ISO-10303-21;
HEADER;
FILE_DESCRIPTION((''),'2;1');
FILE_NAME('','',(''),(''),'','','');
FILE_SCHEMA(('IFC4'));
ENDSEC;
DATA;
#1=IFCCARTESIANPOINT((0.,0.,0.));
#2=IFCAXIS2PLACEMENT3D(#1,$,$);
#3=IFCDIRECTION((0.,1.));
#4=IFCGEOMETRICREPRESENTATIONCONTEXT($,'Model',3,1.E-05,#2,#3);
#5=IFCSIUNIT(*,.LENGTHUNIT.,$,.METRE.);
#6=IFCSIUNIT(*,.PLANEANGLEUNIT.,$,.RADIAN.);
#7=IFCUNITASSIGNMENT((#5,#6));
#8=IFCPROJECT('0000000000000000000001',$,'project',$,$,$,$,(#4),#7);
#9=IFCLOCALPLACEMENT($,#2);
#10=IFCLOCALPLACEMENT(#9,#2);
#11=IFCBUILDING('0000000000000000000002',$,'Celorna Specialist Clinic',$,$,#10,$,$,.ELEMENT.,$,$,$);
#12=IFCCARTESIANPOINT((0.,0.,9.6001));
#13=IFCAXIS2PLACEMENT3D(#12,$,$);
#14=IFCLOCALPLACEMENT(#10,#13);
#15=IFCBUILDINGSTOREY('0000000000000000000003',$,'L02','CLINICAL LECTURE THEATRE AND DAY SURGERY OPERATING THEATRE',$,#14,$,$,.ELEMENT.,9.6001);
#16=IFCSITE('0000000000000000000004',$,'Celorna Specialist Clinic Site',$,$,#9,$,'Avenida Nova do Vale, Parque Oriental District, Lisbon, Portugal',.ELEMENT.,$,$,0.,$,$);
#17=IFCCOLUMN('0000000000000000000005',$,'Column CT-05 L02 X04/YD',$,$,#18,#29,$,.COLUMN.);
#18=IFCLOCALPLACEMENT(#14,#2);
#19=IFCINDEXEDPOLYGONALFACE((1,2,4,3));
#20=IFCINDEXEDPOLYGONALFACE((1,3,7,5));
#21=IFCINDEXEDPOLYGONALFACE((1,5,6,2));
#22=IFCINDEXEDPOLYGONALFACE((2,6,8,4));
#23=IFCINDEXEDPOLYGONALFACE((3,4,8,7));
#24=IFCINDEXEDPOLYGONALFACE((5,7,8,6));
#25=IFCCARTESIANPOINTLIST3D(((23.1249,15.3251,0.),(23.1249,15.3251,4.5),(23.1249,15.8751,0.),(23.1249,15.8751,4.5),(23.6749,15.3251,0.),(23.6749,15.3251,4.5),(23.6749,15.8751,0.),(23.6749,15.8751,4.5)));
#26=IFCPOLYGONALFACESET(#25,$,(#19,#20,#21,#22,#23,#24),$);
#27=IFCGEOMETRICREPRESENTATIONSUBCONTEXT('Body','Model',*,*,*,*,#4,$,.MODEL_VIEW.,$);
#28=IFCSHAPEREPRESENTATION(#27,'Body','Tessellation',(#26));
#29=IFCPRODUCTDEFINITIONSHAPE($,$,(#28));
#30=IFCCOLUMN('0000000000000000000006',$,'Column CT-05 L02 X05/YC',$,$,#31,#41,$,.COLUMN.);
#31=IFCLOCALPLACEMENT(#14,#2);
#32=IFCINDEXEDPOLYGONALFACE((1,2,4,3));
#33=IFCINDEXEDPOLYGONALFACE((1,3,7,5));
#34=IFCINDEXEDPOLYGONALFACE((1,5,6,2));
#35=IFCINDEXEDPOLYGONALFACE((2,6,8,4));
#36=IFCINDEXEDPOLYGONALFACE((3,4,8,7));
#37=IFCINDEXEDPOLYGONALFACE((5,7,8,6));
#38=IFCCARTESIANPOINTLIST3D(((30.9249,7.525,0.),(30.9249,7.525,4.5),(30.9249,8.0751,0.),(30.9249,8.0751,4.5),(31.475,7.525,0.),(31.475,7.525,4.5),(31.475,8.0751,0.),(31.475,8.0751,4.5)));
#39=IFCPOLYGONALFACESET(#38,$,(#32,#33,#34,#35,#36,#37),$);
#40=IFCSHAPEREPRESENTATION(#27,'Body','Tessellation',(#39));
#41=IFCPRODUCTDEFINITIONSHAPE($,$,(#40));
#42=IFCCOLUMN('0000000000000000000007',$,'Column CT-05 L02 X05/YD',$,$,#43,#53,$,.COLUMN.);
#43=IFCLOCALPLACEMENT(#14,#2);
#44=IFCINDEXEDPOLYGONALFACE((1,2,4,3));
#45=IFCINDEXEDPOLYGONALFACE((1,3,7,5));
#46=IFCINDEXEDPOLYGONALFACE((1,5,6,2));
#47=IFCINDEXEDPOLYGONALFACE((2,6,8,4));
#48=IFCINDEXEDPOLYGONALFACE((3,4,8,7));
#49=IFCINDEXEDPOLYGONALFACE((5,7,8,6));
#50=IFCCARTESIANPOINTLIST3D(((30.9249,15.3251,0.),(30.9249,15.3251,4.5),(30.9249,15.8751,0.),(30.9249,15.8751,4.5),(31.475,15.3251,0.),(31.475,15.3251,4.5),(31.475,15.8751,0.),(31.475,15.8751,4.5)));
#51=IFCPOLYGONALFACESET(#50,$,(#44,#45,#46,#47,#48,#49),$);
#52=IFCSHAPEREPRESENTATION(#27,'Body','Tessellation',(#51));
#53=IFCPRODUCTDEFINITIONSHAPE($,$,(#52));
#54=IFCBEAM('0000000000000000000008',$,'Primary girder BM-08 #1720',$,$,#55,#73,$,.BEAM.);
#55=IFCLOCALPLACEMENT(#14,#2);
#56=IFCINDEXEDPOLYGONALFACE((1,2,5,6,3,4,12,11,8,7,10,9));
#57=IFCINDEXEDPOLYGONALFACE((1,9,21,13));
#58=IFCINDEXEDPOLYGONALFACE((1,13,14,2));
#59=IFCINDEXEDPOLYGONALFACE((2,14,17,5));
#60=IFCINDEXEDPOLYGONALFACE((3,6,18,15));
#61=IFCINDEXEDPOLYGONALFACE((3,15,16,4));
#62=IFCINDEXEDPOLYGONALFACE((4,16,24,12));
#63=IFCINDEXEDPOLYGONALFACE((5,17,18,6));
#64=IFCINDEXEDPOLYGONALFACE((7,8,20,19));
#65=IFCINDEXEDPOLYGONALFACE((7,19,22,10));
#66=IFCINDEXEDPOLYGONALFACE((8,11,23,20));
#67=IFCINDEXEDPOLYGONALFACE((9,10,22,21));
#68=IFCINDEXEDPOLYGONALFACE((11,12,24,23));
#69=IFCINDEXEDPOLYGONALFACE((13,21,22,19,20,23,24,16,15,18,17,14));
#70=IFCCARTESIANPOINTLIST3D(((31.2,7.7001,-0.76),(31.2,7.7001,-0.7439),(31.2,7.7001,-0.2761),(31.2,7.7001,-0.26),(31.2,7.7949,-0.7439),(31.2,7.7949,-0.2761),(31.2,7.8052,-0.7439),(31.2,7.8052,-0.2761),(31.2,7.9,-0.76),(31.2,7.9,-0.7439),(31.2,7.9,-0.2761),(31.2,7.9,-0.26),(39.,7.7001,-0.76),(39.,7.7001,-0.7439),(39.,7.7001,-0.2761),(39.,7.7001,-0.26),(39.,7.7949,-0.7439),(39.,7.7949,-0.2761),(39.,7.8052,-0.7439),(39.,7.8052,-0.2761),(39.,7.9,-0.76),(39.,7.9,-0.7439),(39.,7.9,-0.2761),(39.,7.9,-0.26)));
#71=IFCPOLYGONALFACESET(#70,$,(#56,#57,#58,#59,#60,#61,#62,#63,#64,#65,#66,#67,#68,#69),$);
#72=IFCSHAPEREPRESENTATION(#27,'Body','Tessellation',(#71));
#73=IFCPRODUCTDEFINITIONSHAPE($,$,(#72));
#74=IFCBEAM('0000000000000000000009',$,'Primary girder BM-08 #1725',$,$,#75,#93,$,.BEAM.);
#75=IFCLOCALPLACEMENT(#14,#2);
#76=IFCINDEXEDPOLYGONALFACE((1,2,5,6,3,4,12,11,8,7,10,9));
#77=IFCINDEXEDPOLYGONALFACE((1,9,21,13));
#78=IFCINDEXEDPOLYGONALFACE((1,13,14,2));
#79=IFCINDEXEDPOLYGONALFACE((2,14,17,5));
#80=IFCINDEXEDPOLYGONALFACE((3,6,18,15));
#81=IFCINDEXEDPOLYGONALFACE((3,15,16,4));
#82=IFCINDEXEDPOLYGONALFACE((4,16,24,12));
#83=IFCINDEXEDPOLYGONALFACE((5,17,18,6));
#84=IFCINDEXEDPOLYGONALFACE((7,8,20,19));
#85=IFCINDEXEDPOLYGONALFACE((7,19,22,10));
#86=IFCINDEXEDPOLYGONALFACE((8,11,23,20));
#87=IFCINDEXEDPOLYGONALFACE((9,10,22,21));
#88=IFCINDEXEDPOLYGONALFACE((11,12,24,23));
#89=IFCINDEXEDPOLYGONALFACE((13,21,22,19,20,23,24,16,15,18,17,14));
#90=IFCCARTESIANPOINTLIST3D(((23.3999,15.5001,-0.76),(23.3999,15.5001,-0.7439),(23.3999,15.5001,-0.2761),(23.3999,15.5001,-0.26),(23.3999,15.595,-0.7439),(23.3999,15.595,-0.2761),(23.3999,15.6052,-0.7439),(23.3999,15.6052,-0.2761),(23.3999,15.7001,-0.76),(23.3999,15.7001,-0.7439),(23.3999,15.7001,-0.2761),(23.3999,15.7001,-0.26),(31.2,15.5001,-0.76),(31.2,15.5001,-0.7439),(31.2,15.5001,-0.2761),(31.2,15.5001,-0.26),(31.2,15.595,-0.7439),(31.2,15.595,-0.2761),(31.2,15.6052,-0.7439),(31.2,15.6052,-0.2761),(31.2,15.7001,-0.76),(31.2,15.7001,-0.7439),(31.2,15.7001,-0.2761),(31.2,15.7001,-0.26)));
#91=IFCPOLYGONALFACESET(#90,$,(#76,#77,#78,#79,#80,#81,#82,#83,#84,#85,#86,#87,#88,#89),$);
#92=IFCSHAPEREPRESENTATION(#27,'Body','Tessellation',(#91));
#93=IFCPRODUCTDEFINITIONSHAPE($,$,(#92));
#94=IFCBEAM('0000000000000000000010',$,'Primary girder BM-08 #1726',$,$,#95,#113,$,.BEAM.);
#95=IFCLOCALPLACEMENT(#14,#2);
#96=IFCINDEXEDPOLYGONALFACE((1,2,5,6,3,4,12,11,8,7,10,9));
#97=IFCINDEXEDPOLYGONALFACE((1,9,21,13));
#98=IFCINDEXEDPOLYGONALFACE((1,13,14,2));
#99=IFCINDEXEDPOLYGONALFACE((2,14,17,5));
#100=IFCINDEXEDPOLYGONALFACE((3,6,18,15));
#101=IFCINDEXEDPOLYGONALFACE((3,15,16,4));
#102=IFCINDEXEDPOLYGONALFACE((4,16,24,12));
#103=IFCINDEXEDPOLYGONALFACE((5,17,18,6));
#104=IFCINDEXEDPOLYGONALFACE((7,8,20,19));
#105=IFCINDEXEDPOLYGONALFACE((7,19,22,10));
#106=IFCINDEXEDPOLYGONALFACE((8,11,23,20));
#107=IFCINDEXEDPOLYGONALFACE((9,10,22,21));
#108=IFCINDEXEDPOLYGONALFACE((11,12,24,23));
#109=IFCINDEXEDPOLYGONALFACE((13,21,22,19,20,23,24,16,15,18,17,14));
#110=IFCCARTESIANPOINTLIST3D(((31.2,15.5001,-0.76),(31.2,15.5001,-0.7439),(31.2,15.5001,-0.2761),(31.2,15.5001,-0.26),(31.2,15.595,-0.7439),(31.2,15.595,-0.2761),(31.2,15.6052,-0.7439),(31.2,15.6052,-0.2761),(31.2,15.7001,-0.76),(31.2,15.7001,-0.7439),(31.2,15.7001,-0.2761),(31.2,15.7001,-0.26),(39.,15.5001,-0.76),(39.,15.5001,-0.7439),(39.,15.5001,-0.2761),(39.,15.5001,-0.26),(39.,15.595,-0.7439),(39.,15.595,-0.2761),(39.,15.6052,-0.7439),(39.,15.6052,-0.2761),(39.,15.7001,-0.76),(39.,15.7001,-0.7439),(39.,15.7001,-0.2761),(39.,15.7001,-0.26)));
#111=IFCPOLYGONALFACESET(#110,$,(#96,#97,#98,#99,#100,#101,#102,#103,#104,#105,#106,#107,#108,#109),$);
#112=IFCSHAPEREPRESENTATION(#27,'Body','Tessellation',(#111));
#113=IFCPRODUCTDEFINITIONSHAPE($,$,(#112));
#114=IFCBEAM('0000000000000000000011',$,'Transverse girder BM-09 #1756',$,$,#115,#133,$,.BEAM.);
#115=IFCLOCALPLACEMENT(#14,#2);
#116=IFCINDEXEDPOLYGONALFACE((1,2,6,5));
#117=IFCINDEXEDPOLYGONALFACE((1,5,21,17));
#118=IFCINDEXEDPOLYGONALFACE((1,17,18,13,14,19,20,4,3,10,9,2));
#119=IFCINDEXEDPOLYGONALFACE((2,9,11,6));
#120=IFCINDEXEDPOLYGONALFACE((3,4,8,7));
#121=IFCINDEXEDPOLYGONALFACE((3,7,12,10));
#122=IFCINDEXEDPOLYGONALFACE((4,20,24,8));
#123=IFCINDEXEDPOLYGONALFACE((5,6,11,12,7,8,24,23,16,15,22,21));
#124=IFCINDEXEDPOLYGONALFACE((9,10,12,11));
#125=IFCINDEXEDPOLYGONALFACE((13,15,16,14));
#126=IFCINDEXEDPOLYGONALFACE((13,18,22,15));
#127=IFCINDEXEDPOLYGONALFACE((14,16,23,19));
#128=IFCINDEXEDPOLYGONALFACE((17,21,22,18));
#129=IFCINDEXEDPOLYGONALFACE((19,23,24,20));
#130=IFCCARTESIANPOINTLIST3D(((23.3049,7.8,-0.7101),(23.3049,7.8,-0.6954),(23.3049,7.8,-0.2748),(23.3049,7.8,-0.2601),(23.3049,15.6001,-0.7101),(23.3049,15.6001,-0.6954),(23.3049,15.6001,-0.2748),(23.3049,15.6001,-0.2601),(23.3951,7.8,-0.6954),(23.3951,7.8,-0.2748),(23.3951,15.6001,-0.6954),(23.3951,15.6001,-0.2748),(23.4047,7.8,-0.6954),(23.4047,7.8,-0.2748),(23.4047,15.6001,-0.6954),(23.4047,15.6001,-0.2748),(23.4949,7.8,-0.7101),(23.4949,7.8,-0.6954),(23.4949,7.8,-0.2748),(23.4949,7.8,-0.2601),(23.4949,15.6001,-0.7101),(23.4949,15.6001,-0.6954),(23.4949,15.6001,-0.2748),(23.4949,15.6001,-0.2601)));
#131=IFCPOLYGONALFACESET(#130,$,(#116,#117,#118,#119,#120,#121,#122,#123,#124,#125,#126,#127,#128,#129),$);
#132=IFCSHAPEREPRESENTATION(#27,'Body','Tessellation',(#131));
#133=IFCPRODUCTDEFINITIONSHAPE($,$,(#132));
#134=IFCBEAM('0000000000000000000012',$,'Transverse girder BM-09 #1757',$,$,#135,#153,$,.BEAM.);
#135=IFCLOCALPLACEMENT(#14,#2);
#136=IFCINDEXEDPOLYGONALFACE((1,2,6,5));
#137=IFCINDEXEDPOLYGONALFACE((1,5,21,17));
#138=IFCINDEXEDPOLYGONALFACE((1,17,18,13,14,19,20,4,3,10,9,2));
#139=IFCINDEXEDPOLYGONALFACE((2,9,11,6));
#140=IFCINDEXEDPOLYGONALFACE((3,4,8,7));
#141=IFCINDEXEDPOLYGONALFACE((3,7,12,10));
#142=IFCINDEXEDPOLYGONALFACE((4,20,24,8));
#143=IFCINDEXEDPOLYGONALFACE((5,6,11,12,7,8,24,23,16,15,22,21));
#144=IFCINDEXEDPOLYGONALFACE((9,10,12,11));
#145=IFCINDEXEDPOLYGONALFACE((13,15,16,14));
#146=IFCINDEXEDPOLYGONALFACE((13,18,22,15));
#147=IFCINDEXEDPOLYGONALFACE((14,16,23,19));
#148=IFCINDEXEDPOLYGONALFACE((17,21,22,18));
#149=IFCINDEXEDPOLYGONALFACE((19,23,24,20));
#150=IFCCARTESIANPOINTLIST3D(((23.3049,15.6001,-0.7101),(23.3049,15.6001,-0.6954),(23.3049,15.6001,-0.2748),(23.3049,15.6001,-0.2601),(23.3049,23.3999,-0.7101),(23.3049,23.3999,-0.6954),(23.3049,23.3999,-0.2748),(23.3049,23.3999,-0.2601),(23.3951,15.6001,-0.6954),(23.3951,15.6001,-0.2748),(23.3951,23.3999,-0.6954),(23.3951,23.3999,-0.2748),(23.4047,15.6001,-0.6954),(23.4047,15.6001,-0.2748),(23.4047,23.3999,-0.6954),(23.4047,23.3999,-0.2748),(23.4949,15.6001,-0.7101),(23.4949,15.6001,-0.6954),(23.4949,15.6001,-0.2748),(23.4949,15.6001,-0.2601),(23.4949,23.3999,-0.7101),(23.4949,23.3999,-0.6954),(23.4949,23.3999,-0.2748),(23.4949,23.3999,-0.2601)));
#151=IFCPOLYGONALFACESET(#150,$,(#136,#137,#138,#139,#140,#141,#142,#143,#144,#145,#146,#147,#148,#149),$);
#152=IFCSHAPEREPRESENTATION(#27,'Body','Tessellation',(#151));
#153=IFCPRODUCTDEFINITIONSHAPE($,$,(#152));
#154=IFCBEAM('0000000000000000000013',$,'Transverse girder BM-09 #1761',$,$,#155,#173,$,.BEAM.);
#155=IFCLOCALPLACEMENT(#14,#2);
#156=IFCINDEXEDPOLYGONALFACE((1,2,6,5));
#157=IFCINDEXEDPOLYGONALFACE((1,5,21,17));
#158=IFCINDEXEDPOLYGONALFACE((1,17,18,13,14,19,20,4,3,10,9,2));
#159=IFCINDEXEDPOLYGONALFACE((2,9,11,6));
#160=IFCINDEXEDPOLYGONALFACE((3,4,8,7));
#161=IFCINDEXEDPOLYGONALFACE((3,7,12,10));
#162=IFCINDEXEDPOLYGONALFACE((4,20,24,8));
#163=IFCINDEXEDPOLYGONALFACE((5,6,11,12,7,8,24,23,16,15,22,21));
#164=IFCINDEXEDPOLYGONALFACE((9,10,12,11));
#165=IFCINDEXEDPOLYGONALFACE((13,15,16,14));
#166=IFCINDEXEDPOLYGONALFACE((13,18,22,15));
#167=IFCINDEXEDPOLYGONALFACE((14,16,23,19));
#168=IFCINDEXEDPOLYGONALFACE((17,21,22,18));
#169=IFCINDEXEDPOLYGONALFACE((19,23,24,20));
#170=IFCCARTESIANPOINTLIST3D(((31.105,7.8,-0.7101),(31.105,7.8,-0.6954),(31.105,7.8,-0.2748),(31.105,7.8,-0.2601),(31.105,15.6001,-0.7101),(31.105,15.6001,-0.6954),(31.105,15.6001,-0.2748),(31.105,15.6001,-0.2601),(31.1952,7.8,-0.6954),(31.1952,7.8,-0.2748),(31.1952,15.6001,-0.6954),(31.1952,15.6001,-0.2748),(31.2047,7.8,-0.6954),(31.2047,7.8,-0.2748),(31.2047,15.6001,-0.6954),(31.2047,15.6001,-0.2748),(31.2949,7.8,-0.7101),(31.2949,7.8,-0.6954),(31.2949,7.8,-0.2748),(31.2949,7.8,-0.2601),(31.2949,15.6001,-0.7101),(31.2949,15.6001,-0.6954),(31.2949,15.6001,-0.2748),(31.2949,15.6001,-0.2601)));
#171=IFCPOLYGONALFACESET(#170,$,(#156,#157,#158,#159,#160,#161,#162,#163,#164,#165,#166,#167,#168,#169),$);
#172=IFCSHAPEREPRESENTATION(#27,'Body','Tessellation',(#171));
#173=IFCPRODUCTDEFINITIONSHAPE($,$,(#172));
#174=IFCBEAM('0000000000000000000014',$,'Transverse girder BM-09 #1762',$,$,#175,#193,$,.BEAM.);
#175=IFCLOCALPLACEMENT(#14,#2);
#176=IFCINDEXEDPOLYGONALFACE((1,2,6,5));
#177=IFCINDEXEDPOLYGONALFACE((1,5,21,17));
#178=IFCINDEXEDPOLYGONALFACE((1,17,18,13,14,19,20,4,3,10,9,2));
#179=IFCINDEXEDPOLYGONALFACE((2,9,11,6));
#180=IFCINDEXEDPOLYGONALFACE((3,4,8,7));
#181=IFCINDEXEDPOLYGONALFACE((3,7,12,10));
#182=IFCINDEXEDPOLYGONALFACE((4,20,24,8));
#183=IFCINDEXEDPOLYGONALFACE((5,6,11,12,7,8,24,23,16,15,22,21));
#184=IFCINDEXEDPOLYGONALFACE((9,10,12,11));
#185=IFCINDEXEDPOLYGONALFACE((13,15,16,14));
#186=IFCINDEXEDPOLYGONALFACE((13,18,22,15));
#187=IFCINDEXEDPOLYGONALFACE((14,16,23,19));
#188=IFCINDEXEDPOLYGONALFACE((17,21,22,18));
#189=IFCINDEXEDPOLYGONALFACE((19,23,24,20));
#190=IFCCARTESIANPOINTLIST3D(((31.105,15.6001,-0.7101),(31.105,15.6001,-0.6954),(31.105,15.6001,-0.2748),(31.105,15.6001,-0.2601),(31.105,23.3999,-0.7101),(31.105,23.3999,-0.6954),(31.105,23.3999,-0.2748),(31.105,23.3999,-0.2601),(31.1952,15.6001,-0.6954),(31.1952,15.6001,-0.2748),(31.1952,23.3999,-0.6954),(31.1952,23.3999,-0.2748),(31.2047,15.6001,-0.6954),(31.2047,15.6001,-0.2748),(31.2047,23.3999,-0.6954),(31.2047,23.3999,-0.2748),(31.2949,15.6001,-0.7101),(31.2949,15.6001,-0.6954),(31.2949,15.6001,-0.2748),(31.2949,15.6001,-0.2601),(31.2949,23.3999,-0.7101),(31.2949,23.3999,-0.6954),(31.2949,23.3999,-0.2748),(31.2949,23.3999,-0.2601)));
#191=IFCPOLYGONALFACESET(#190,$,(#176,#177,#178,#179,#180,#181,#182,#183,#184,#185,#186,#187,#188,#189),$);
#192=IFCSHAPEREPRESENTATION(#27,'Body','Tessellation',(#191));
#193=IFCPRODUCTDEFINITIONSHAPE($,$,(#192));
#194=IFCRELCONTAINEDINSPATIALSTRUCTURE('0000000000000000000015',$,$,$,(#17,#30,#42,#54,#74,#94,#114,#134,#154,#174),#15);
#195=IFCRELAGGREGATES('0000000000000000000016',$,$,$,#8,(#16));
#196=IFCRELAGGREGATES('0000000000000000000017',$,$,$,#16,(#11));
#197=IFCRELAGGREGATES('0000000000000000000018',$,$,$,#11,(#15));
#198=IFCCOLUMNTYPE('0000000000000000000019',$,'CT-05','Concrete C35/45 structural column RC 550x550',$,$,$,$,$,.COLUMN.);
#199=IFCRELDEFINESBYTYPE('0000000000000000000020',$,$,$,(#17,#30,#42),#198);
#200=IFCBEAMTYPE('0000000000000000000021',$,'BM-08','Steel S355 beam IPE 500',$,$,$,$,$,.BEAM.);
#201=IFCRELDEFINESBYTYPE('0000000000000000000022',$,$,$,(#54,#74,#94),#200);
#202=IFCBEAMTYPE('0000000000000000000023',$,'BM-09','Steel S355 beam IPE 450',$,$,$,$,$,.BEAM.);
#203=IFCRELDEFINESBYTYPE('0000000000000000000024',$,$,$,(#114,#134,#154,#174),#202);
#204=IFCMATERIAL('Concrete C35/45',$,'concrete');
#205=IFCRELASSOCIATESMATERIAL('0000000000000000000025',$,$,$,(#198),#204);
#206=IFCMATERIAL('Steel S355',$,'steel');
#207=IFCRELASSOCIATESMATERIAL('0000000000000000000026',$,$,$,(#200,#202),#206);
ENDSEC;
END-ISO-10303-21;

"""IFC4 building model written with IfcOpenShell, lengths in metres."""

from ifc_helpers import new_model, si_unit, direction, frame, origin, origin_2d, place, context, subcontext, project, spatial, rectangle, i_section, extrude, material, material_profile, profile_set, type_object, element, save


model = new_model("IFC4")

# Units and contexts
model_context = context("Model", 3, precision=1e-05, world=origin(), true_north=direction((0.0, 1.0)))
body_context = subcontext(model_context, "Body", "Model", "MODEL_VIEW")
ifc_project = project(units=[si_unit("LENGTHUNIT", "METRE"), si_unit("PLANEANGLEUNIT", "RADIAN")], contexts=[model_context])

# Site, building, storey
site_placement = place(None, origin())
site = spatial("IfcSite", under=ifc_project, at=site_placement, Name="Celorna Specialist Clinic Site", LongName="Avenida Nova do Vale, Parque Oriental District, Lisbon, Portugal", CompositionType="ELEMENT", RefElevation=0.0)
building_placement = place(site_placement, origin())
building = spatial("IfcBuilding", under=site, at=building_placement, Name="Celorna Specialist Clinic", CompositionType="ELEMENT")
storey_placement = place(building_placement, frame((0.0, 0.0, 9.6001)))
storey = spatial("IfcBuildingStorey", under=building, at=storey_placement, Name="L02", Description="CLINICAL LECTURE THEATRE AND DAY SURGERY OPERATING THEATRE", CompositionType="ELEMENT", Elevation=9.6001)

# Columns
ifc_material_1 = material(Name="Concrete C35/45", Category="concrete")
ifc_material_profile_1 = material_profile(ifc_material_1, rectangle(XDim=0.55, YDim=0.55, at=origin_2d()), Name="RC 550x550")
ifc_profile_set_1 = profile_set([ifc_material_profile_1], Name="Concrete C35/45")
column_type = type_object("IfcColumnType", Name="CT-05", Description="Concrete C35/45 structural column RC 550x550", PredefinedType="COLUMN", material=ifc_profile_set_1)
for number, where, z_axis, x_axis, name in (
    (1, (23.3999, 15.6001, 0.0), (0.0, 0.0, 1.0), (1.0, 0.0, 0.0), "Column CT-05 L02 X04/YD"),
    (2, (31.2, 7.8, 0.0), (0.0, 0.0, 1.0), (1.0, 0.0, 0.0), "Column CT-05 L02 X05/YC"),
    (3, (31.2, 15.6001, 0.0), (0.0, 0.0, 1.0), (1.0, 0.0, 0.0), "Column CT-05 L02 X05/YD"),
):
    element("IfcColumn", number, at=place(storey_placement, frame(where, z_axis=z_axis, x_axis=x_axis)), inside=storey, type_object=column_type, Name=name, PredefinedType="COLUMN", context=body_context, shape_type="SweptSolid", body=[
        extrude(rectangle(XDim=0.55, YDim=0.55, at=origin_2d()), origin(), (0.0, 0.0, 1.0), 4.5),
    ])

# Beams
ifc_material_2 = material(Name="Steel S355", Category="steel")
ifc_material_profile_2 = material_profile(ifc_material_2, i_section(OverallWidth=0.2, OverallDepth=0.5, WebThickness=0.0103, FlangeThickness=0.0161, at=origin_2d()), Name="IPE 500")
ifc_profile_set_2 = profile_set([ifc_material_profile_2], Name="Steel S355")
beam_type_1 = type_object("IfcBeamType", Name="BM-08", Description="Steel S355 beam IPE 500", PredefinedType="BEAM", material=ifc_profile_set_2)
for number, where, z_axis, x_axis, name in (
    (4, (31.2, 7.8, -0.51), (1.0, 0.0, 0.0), (0.0, 1.0, 0.0), "Primary girder BM-08 #1720"),
    (5, (23.3999, 15.6001, -0.51), (1.0, 0.0, 0.0), (0.0, 1.0, 0.0), "Primary girder BM-08 #1725"),
    (6, (31.2, 15.6001, -0.51), (1.0, 0.0, 0.0), (0.0, 1.0, 0.0), "Primary girder BM-08 #1726"),
):
    element("IfcBeam", number, at=place(storey_placement, frame(where, z_axis=z_axis, x_axis=x_axis)), inside=storey, type_object=beam_type_1, Name=name, PredefinedType="BEAM", context=body_context, shape_type="SweptSolid", body=[
        extrude(i_section(OverallWidth=0.2, OverallDepth=0.5, WebThickness=0.0103, FlangeThickness=0.0161, at=origin_2d()), origin(), (0.0, 0.0, 1.0), 7.8),
    ])
ifc_material_profile_3 = material_profile(ifc_material_2, i_section(OverallWidth=0.1899, OverallDepth=0.45, WebThickness=0.0095, FlangeThickness=0.0146, at=origin_2d()), Name="IPE 450")
ifc_profile_set_3 = profile_set([ifc_material_profile_3], Name="Steel S355")
beam_type_2 = type_object("IfcBeamType", Name="BM-09", Description="Steel S355 beam IPE 450", PredefinedType="BEAM", material=ifc_profile_set_3)
beam_1_placement = place(storey_placement, frame((23.3999, 7.8, -0.4851), z_axis=(0.0, 1.0, 0.0), x_axis=(-1.0, 0.0, 0.0)))
element("IfcBeam", 7, at=beam_1_placement, inside=storey, type_object=beam_type_2, Name="Transverse girder BM-09 #1756", PredefinedType="BEAM", context=body_context, shape_type="SweptSolid", body=[
    extrude(i_section(OverallWidth=0.1899, OverallDepth=0.45, WebThickness=0.0095, FlangeThickness=0.0146, at=origin_2d()), origin(), (0.0, 0.0, 1.0), 7.8),
])
beam_2_placement = place(storey_placement, frame((23.3999, 15.6001, -0.4851), z_axis=(0.0, 1.0, 0.0), x_axis=(-1.0, 0.0, 0.0)))
element("IfcBeam", 8, at=beam_2_placement, inside=storey, type_object=beam_type_2, Name="Transverse girder BM-09 #1757", PredefinedType="BEAM", context=body_context, shape_type="SweptSolid", body=[
    extrude(i_section(OverallWidth=0.1899, OverallDepth=0.45, WebThickness=0.0095, FlangeThickness=0.0146, at=origin_2d()), origin(), (0.0, 0.0, 1.0), 7.7998),
])
beam_3_placement = place(storey_placement, frame((31.2, 7.8, -0.4851), z_axis=(0.0, 1.0, 0.0), x_axis=(-1.0, 0.0, 0.0)))
element("IfcBeam", 9, at=beam_3_placement, inside=storey, type_object=beam_type_2, Name="Transverse girder BM-09 #1761", PredefinedType="BEAM", context=body_context, shape_type="SweptSolid", body=[
    extrude(i_section(OverallWidth=0.1899, OverallDepth=0.45, WebThickness=0.0095, FlangeThickness=0.0146, at=origin_2d()), origin(), (0.0, 0.0, 1.0), 7.8),
])
beam_4_placement = place(storey_placement, frame((31.2, 15.6001, -0.4851), z_axis=(0.0, 1.0, 0.0), x_axis=(-1.0, 0.0, 0.0)))
element("IfcBeam", 10, at=beam_4_placement, inside=storey, type_object=beam_type_2, Name="Transverse girder BM-09 #1762", PredefinedType="BEAM", context=body_context, shape_type="SweptSolid", body=[
    extrude(i_section(OverallWidth=0.1899, OverallDepth=0.45, WebThickness=0.0095, FlangeThickness=0.0146, at=origin_2d()), origin(), (0.0, 0.0, 1.0), 7.7998),
])

save(model, "model.ifc")
